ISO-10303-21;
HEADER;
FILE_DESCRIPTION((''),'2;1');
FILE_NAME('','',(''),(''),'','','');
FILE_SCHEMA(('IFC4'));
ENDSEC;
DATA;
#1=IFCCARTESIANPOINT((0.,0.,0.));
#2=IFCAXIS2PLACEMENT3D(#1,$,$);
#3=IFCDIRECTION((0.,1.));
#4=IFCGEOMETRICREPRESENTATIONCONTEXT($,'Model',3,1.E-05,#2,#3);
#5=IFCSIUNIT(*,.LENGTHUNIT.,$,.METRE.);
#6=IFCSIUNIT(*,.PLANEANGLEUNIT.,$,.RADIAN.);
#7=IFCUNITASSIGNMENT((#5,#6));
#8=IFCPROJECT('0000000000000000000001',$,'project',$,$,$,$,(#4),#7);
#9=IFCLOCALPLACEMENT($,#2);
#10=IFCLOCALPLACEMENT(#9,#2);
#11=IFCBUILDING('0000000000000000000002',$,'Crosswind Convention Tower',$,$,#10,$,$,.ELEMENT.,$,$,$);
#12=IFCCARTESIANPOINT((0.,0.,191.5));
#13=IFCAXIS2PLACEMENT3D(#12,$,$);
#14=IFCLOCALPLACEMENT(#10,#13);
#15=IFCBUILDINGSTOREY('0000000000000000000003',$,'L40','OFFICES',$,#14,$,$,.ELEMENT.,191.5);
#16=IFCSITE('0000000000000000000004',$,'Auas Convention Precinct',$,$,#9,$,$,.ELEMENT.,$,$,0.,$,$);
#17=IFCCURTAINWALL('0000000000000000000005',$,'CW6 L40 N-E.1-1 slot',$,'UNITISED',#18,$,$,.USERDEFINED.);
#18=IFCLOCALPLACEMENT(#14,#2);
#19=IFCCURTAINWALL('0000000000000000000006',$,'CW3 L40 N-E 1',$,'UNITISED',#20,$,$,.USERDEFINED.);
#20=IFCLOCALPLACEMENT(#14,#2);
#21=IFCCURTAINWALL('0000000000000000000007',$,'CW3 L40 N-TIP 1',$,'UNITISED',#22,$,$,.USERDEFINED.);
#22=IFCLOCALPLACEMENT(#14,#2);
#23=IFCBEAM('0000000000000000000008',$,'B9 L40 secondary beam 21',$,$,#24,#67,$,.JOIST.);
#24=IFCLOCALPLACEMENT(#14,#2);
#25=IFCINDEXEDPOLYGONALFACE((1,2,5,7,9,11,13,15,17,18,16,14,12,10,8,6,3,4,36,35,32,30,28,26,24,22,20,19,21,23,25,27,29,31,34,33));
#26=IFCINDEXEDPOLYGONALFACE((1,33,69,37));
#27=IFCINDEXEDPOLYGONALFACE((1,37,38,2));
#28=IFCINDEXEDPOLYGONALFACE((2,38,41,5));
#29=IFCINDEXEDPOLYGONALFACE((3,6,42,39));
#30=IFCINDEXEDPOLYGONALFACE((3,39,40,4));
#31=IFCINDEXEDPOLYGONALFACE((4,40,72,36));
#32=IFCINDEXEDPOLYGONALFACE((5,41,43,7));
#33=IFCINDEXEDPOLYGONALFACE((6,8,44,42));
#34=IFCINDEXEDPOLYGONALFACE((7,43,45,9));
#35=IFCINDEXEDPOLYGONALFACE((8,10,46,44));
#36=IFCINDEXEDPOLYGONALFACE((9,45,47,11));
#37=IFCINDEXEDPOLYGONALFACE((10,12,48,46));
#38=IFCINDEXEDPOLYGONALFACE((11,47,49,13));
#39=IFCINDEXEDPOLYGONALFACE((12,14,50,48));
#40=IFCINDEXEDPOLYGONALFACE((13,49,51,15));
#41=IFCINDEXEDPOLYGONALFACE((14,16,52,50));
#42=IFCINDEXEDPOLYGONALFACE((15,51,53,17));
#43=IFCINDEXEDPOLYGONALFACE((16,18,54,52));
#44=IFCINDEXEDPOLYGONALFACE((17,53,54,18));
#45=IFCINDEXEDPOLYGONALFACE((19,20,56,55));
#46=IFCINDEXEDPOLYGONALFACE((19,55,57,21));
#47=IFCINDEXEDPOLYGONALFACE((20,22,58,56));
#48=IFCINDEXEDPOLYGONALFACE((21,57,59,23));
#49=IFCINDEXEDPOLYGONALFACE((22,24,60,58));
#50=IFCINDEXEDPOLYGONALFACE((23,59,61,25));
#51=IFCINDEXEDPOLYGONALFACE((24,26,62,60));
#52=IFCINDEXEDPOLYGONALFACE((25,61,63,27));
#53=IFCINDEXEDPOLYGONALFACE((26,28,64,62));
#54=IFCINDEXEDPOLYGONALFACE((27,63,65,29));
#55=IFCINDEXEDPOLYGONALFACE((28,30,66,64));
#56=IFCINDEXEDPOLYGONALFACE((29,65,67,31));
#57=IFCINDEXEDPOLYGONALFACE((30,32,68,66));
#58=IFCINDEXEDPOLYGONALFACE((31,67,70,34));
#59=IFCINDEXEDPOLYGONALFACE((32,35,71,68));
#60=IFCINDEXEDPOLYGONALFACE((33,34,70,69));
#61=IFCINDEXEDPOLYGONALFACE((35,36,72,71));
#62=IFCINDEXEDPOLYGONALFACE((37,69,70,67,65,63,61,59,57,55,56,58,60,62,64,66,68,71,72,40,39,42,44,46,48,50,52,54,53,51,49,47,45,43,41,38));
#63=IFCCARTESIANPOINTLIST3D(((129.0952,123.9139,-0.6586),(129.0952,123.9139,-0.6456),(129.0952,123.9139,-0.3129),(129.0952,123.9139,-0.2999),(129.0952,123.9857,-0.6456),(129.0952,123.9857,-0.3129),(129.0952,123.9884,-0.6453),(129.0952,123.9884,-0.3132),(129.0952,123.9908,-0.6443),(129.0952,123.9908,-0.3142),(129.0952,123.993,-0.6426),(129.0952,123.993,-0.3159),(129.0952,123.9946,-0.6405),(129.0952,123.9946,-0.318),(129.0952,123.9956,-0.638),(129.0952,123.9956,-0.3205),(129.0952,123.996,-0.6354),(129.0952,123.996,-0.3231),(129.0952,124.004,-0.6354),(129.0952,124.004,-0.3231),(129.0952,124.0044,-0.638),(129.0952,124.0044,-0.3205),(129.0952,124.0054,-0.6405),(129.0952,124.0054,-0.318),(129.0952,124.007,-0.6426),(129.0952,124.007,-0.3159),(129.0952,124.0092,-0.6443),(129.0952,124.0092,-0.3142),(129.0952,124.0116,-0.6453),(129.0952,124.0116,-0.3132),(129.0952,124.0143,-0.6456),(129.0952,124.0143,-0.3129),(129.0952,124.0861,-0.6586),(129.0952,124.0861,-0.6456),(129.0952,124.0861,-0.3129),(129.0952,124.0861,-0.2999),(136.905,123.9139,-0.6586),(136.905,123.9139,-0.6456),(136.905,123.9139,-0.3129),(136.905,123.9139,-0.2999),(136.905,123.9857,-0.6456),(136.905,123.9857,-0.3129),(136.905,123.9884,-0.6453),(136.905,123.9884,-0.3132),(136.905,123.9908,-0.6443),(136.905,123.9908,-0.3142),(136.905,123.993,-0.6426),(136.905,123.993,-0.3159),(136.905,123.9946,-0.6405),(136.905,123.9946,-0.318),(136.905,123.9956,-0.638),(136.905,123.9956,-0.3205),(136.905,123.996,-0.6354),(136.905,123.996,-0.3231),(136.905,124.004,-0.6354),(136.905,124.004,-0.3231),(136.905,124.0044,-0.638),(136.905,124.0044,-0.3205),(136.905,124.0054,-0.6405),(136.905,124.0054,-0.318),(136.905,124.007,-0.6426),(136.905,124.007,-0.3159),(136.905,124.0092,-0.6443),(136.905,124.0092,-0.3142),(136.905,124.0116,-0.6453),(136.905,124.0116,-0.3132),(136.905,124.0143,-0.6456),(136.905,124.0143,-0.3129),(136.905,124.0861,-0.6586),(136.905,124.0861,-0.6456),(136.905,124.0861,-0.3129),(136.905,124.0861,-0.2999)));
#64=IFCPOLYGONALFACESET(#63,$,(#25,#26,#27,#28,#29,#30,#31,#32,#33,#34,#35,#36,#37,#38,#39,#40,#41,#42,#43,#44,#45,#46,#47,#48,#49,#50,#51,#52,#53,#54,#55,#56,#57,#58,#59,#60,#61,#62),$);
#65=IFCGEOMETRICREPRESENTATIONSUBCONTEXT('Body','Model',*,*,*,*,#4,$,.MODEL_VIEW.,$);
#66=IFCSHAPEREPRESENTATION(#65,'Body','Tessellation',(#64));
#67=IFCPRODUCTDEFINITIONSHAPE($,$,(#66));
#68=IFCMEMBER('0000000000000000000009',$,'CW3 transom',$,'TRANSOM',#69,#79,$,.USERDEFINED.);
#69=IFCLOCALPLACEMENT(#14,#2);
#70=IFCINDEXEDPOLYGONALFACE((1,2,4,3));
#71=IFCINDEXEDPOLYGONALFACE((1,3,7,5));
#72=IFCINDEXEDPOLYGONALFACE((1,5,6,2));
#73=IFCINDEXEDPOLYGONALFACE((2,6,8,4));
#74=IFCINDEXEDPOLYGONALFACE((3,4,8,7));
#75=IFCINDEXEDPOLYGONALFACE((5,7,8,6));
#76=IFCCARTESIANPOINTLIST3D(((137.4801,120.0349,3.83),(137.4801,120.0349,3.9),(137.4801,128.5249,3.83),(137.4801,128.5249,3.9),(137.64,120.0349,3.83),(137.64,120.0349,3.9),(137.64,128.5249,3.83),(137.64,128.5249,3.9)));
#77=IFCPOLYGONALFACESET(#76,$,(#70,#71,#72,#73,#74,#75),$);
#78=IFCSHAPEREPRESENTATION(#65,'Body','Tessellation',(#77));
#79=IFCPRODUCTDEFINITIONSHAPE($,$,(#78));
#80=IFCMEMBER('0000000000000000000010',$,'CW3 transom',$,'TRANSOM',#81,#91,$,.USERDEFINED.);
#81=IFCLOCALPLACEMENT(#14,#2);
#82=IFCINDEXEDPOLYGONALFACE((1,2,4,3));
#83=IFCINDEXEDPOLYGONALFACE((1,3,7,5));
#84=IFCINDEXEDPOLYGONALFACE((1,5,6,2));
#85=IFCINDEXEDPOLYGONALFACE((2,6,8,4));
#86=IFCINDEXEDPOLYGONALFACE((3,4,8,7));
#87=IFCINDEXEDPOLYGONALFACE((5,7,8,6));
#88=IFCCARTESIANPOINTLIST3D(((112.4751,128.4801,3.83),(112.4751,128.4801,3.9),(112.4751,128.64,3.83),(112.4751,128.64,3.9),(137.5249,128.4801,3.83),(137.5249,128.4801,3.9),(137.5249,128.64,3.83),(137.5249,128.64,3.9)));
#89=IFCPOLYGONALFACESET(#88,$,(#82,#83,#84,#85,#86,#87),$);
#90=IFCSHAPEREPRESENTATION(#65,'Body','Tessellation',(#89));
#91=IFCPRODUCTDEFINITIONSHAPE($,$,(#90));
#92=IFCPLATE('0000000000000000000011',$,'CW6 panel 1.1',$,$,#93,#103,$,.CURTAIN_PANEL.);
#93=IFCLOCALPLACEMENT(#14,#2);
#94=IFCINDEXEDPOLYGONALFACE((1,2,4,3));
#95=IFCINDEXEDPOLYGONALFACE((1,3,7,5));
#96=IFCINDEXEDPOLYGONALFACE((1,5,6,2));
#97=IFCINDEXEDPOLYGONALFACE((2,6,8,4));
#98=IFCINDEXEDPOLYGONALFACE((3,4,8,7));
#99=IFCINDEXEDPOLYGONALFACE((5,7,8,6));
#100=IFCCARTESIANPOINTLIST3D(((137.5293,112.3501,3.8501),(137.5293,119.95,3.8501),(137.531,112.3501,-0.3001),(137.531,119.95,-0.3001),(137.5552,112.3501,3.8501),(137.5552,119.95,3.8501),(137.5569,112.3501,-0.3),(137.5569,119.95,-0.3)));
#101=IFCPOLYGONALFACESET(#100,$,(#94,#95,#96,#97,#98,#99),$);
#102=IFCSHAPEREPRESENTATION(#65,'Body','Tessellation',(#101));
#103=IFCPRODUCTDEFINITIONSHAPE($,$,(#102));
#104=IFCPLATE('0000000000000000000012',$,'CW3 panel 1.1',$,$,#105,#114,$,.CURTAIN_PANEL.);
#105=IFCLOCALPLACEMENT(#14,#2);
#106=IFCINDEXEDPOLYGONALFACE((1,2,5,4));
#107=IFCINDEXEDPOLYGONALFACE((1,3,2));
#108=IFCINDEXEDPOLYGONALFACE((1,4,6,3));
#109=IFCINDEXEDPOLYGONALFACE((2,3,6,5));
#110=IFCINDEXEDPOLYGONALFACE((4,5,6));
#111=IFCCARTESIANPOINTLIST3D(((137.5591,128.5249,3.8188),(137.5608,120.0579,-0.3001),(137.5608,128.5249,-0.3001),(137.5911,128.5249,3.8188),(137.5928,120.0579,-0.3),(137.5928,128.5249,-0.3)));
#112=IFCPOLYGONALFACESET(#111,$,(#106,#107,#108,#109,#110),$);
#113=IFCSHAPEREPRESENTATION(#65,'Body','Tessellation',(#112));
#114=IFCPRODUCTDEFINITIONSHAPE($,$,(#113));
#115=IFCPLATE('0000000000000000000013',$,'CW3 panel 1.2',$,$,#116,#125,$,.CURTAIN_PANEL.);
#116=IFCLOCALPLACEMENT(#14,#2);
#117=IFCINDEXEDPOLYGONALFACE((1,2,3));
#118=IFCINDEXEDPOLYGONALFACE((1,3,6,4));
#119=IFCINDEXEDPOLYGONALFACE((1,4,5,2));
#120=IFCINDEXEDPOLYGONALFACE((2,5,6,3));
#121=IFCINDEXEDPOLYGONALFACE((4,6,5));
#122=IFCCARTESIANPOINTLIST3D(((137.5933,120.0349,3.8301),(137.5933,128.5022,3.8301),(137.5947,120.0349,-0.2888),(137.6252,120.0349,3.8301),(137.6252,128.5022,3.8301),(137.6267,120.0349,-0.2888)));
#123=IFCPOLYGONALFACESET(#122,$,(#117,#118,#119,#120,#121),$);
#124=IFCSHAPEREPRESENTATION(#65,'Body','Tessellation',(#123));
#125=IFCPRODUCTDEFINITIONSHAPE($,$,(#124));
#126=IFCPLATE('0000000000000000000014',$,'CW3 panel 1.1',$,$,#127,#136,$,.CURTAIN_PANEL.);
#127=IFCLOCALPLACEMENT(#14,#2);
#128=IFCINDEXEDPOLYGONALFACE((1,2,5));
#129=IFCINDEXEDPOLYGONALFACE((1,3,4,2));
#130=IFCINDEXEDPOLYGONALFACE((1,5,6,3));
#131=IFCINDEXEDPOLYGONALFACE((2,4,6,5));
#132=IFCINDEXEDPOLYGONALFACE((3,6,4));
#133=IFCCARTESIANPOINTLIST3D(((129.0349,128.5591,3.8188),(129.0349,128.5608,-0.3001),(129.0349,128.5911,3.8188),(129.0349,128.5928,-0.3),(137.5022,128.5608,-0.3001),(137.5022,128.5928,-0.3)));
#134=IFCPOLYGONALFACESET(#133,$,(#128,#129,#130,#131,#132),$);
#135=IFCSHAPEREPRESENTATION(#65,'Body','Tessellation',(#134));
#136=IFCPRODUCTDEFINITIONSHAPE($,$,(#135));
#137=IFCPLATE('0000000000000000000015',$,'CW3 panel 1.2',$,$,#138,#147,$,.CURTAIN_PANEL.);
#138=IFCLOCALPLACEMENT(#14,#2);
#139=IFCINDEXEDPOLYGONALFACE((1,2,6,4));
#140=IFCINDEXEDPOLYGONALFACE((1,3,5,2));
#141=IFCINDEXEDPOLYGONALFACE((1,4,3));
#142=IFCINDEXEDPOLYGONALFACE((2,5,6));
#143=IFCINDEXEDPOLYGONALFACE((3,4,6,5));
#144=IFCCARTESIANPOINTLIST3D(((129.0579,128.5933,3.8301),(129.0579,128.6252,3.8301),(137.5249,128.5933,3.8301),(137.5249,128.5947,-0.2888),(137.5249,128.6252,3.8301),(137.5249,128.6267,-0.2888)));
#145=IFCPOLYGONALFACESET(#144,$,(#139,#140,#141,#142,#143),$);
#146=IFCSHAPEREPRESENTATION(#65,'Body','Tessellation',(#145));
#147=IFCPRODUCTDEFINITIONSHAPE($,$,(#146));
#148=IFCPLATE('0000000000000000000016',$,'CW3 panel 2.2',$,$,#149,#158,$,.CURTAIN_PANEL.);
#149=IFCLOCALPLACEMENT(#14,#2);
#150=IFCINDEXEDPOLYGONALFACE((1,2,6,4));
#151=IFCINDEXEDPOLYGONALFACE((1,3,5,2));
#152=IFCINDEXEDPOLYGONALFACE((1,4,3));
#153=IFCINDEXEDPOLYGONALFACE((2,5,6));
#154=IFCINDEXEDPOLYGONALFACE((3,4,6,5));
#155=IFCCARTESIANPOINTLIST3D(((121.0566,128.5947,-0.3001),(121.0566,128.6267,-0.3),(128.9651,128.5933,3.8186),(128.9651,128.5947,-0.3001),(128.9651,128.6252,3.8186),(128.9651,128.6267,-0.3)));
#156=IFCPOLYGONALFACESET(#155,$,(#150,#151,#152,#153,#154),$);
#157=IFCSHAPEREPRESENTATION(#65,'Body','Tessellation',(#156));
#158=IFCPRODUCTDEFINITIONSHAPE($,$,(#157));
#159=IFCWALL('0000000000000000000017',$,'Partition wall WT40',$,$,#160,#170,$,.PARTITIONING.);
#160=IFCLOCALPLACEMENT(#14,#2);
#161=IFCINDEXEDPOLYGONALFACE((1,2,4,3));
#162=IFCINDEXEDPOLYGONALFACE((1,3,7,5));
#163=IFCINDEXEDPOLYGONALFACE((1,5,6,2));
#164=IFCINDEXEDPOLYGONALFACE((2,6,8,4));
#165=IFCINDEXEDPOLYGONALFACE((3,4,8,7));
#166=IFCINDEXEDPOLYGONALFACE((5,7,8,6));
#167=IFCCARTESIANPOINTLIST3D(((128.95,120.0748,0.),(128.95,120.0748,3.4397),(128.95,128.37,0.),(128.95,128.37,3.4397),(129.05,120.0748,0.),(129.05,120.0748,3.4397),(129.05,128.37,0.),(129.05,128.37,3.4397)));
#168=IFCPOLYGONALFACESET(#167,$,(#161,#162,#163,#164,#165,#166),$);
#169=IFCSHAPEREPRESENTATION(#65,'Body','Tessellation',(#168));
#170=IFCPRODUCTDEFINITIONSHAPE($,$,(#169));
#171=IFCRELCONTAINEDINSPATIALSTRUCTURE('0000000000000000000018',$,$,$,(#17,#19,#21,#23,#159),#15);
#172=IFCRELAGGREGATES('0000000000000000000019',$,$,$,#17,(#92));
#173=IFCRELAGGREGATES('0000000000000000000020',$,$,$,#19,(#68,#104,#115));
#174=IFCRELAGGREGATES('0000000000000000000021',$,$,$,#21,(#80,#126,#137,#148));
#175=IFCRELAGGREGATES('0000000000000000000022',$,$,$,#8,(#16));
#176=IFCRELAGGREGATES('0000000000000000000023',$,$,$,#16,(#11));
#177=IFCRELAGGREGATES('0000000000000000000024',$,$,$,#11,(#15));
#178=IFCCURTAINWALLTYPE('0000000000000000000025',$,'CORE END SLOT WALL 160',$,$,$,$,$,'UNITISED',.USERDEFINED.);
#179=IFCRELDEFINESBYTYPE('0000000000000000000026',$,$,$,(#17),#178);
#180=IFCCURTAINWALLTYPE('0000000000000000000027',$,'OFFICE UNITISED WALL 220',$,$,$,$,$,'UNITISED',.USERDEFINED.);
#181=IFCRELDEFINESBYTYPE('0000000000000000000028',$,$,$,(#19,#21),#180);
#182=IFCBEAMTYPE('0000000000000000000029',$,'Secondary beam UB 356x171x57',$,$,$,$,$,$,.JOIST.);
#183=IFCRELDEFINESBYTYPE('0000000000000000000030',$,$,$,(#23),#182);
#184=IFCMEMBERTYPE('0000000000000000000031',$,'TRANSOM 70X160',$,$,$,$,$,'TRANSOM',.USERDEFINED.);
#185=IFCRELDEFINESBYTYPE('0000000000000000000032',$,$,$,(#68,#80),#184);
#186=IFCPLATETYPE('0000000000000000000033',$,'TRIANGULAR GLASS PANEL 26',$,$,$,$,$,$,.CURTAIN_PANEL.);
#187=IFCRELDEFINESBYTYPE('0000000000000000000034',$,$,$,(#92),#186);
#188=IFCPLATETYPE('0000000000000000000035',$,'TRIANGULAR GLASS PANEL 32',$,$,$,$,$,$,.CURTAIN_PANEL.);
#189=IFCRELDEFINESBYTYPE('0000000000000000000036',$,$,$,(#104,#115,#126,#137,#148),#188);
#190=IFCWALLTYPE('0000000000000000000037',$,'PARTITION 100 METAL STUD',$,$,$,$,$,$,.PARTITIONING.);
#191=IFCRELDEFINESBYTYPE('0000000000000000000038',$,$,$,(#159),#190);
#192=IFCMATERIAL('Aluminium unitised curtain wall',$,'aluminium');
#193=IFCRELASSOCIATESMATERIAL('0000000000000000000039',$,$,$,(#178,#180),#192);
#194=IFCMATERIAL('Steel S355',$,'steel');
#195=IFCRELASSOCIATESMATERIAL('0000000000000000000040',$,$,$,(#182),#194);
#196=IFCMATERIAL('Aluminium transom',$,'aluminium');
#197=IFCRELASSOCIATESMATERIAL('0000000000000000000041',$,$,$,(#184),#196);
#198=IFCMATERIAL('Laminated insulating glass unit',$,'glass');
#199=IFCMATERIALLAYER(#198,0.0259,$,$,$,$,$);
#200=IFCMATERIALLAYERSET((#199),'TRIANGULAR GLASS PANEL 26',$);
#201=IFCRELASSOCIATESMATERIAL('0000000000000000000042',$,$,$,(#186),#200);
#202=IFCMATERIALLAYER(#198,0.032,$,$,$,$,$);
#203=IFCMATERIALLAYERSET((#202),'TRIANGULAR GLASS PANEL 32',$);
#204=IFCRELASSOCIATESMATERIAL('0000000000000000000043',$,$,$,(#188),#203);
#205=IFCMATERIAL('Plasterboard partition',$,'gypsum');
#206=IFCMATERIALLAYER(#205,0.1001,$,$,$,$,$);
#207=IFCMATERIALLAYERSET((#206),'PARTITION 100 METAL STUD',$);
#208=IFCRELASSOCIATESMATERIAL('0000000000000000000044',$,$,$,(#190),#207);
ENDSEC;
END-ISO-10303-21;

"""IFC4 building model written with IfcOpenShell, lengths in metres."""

from ifc_helpers import new_model, si_unit, direction, frame, frame_2d, origin, origin_2d, place, context, subcontext, project, spatial, polyline, rectangle, i_section, outline, extrude, material, layer, layer_set, material_profile, profile_set, type_object, element, aggregate, save


model = new_model("IFC4")

# Units and contexts
model_context = context("Model", 3, precision=1e-05, world=origin(), true_north=direction((0.0, 1.0)))
body_context = subcontext(model_context, "Body", "Model", "MODEL_VIEW")
ifc_project = project(units=[si_unit("LENGTHUNIT", "METRE"), si_unit("PLANEANGLEUNIT", "RADIAN")], contexts=[model_context])

# Site, building, storey
site_placement = place(None, origin())
site = spatial("IfcSite", under=ifc_project, at=site_placement, Name="Auas Convention Precinct", CompositionType="ELEMENT", RefElevation=0.0)
building_placement = place(site_placement, origin())
building = spatial("IfcBuilding", under=site, at=building_placement, Name="Crosswind Convention Tower", CompositionType="ELEMENT")
storey_placement = place(building_placement, frame((0.0, 0.0, 191.5)))
storey = spatial("IfcBuildingStorey", under=building, at=storey_placement, Name="L40", Description="OFFICES", CompositionType="ELEMENT", Elevation=191.5)

# Shared definitions
ifc_material_1 = material(Name="Steel S355", Category="steel")

# Curtain wall
ifc_material_2 = material(Name="Aluminium unitised curtain wall", Category="aluminium")
curtain_wall_type_1 = type_object("IfcCurtainWallType", Name="CORE END SLOT WALL 160", ElementType="UNITISED", PredefinedType="USERDEFINED", material=ifc_material_2)
curtain_wall_1_placement = place(storey_placement, origin())
curtain_wall_1 = element("IfcCurtainWall", 1, at=curtain_wall_1_placement, inside=storey, type_object=curtain_wall_type_1, Name="CW6 L40 N-E.1-1 slot", ObjectType="UNITISED", PredefinedType="USERDEFINED")

# Curtain wall
curtain_wall_type_2 = type_object("IfcCurtainWallType", Name="OFFICE UNITISED WALL 220", ElementType="UNITISED", PredefinedType="USERDEFINED", material=ifc_material_2)
curtain_wall_2_placement = place(storey_placement, origin())
curtain_wall_2 = element("IfcCurtainWall", 2, at=curtain_wall_2_placement, inside=storey, type_object=curtain_wall_type_2, Name="CW3 L40 N-E 1", ObjectType="UNITISED", PredefinedType="USERDEFINED")

# Curtain wall
curtain_wall_3_placement = place(storey_placement, origin())
curtain_wall_3 = element("IfcCurtainWall", 3, at=curtain_wall_3_placement, inside=storey, type_object=curtain_wall_type_2, Name="CW3 L40 N-TIP 1", ObjectType="UNITISED", PredefinedType="USERDEFINED")

# Beam
ifc_material_profile_1 = material_profile(ifc_material_1, i_section(OverallWidth=0.1721, OverallDepth=0.3586, WebThickness=0.0081, FlangeThickness=0.0129, FilletRadius=0.0103, at=origin_2d()), Name="UB 356x171x57")
ifc_profile_set_1 = profile_set([ifc_material_profile_1], Name="Steel S355")
beam_type_1 = type_object("IfcBeamType", Name="Secondary beam UB 356x171x57", PredefinedType="JOIST", material=ifc_profile_set_1)
for number, where, z_axis, x_axis, name in (
    (4, (129.0952, 124.0, -0.4792), (1.0, 0.0, 0.0), (0.0, 1.0, 0.0), "B9 L40 secondary beam 21"),
):
    element("IfcBeam", number, at=place(storey_placement, frame(where, z_axis=z_axis, x_axis=x_axis)), inside=storey, type_object=beam_type_1, Name=name, PredefinedType="JOIST", context=body_context, shape_type="SweptSolid", body=[
        extrude(i_section(OverallWidth=0.1721, OverallDepth=0.3586, WebThickness=0.0081, FlangeThickness=0.0129, FilletRadius=0.0103, at=origin_2d()), origin(), (0.0, 0.0, 1.0), 7.8098),
    ])

# Members
ifc_material_3 = material(Name="Aluminium transom", Category="aluminium")
ifc_material_profile_2 = material_profile(ifc_material_3, rectangle(XDim=0.1599, YDim=0.0701, at=origin_2d()), Name="AL 160X70")
ifc_profile_set_2 = profile_set([ifc_material_profile_2], Name="Aluminium transom")
member_type_1 = type_object("IfcMemberType", Name="TRANSOM 70X160", ElementType="TRANSOM", PredefinedType="USERDEFINED", material=ifc_profile_set_2)
member_1_placement = place(storey_placement, frame((137.5601, 120.0349, 3.865), z_axis=(0.0, 1.0, 0.0), x_axis=(-1.0, 0.0, 0.0)))
member_1 = element("IfcMember", 5, at=member_1_placement, type_object=member_type_1, Name="CW3 transom", ObjectType="TRANSOM", PredefinedType="USERDEFINED", context=body_context, shape_type="SweptSolid", body=[
    extrude(rectangle(XDim=0.1599, YDim=0.0701, at=origin_2d()), origin(), (0.0, 0.0, 1.0), 8.49),
])
member_2_placement = place(storey_placement, frame((137.5249, 128.5601, 3.865), z_axis=(-1.0, 0.0, 0.0), x_axis=(0.0, -1.0, 0.0)))
member_2 = element("IfcMember", 6, at=member_2_placement, type_object=member_type_1, Name="CW3 transom", ObjectType="TRANSOM", PredefinedType="USERDEFINED", context=body_context, shape_type="SweptSolid", body=[
    extrude(rectangle(XDim=0.1599, YDim=0.0701, at=origin_2d()), origin(), (0.0, 0.0, 1.0), 25.0498),
])

# Plates
ifc_material_4 = material(Name="Laminated insulating glass unit", Category="glass")
ifc_layer_1 = layer(ifc_material_4, 0.0259)
ifc_layer_set_1 = layer_set([ifc_layer_1], Name="TRIANGULAR GLASS PANEL 26")
plate_type_1 = type_object("IfcPlateType", Name="TRIANGULAR GLASS PANEL 26", PredefinedType="CURTAIN_PANEL", material=ifc_layer_set_1)
plate_1_placement = place(storey_placement, frame((137.5569, 112.3501, -0.3), z_axis=(1.0, 0.0, 0.000412), x_axis=(0.0, 1.0, 0.0)))
plate_1 = element("IfcPlate", 7, at=plate_1_placement, type_object=plate_type_1, Name="CW6 panel 1.1", PredefinedType="CURTAIN_PANEL", context=body_context, shape_type="SweptSolid", body=[
    extrude(outline(polyline([(0.0, 0.0), (7.5999, 0.0), (7.5999, 4.1501), (0.0, 4.1501), (0.0, 0.0)])), origin(), (0.0, 0.0, -1.0), 0.0259),
])
aggregate(curtain_wall_1, [plate_1])
ifc_layer_2 = layer(ifc_material_4, 0.032)
ifc_layer_set_2 = layer_set([ifc_layer_2], Name="TRIANGULAR GLASS PANEL 32")
plate_type_2 = type_object("IfcPlateType", Name="TRIANGULAR GLASS PANEL 32", PredefinedType="CURTAIN_PANEL", material=ifc_layer_set_2)
plate_2_placement = place(storey_placement, frame((137.5928, 128.5249, -0.3), z_axis=(1.0, 0.0, 0.000415), x_axis=(-0.000415, 0.0, 1.0)))
plate_2 = element("IfcPlate", 8, at=plate_2_placement, type_object=plate_type_2, Name="CW3 panel 1.1", PredefinedType="CURTAIN_PANEL", context=body_context, shape_type="SweptSolid", body=[
    extrude(outline(polyline([(0.0, 0.0), (4.1189, 0.0), (0.0, 8.467), (0.0, 0.0)])), origin(), (0.0, 0.0, -1.0), 0.032),
])
plate_3_placement = place(storey_placement, frame((137.6252, 120.0349, 3.8301), z_axis=(1.0, 0.0, 0.000356), x_axis=(0.000356, 0.0, -1.0)))
plate_3 = element("IfcPlate", 9, at=plate_3_placement, type_object=plate_type_2, Name="CW3 panel 1.2", PredefinedType="CURTAIN_PANEL", context=body_context, shape_type="SweptSolid", body=[
    extrude(outline(polyline([(0.0, 0.0), (4.1189, 0.0), (0.0, 8.4673), (0.0, 0.0)])), origin(), (0.0, 0.0, -1.0), 0.032),
])
plate_4_placement = place(storey_placement, frame((129.0349, 128.5928, -0.3), z_axis=(0.0, 1.0, 0.000415), x_axis=(0.0, -0.000415, 1.0)))
plate_4 = element("IfcPlate", 10, at=plate_4_placement, type_object=plate_type_2, Name="CW3 panel 1.1", PredefinedType="CURTAIN_PANEL", context=body_context, shape_type="SweptSolid", body=[
    extrude(outline(polyline([(0.0, 0.0), (4.1189, 0.0), (0.0, 8.4673), (0.0, 0.0)])), origin(), (0.0, 0.0, -1.0), 0.032),
])
plate_5_placement = place(storey_placement, frame((137.5249, 128.6252, 3.8301), z_axis=(0.0, 1.0, 0.000356), x_axis=(0.0, 0.000356, -1.0)))
plate_5 = element("IfcPlate", 11, at=plate_5_placement, type_object=plate_type_2, Name="CW3 panel 1.2", PredefinedType="CURTAIN_PANEL", context=body_context, shape_type="SweptSolid", body=[
    extrude(outline(polyline([(0.0, 0.0), (4.1189, 0.0), (0.0, 8.467), (0.0, 0.0)])), origin(), (0.0, 0.0, -1.0), 0.032),
])
plate_6_placement = place(storey_placement, frame((128.9651, 128.6267, -0.3), z_axis=(0.0, 1.0, 0.000356), x_axis=(-1.0, 0.0, 0.0)))
plate_6 = element("IfcPlate", 12, at=plate_6_placement, type_object=plate_type_2, Name="CW3 panel 2.2", PredefinedType="CURTAIN_PANEL", context=body_context, shape_type="SweptSolid", body=[
    extrude(outline(polyline([(0.0, 0.0), (7.9084, 0.0), (0.0, 4.1187), (0.0, 0.0)])), origin(), (0.0, 0.0, -1.0), 0.032),
])

# Wall
ifc_material_5 = material(Name="Plasterboard partition", Category="gypsum")
ifc_layer_3 = layer(ifc_material_5, 0.1001)
ifc_layer_set_3 = layer_set([ifc_layer_3], Name="PARTITION 100 METAL STUD")
wall_type_1 = type_object("IfcWallType", Name="PARTITION 100 METAL STUD", PredefinedType="PARTITIONING", material=ifc_layer_set_3)
wall_1_placement = place(storey_placement, frame((129.0, 120.075, 0.0), z_axis=(0.0, 0.0, 1.0), x_axis=(0.0, 1.0, 0.0)))
element("IfcWall", 13, at=wall_1_placement, inside=storey, type_object=wall_type_1, Name="Partition wall WT40", PredefinedType="PARTITIONING", context=body_context, shape_type="SweptSolid", body=[
    extrude(rectangle(XDim=8.2952, YDim=0.1001, at=frame_2d((4.1475, 0.0))), origin(), (0.0, 0.0, 1.0), 3.4397),
])

aggregate(curtain_wall_2, [member_1, plate_2, plate_3])
aggregate(curtain_wall_3, [member_2, plate_4, plate_5, plate_6])

save(model, "model.ifc")
